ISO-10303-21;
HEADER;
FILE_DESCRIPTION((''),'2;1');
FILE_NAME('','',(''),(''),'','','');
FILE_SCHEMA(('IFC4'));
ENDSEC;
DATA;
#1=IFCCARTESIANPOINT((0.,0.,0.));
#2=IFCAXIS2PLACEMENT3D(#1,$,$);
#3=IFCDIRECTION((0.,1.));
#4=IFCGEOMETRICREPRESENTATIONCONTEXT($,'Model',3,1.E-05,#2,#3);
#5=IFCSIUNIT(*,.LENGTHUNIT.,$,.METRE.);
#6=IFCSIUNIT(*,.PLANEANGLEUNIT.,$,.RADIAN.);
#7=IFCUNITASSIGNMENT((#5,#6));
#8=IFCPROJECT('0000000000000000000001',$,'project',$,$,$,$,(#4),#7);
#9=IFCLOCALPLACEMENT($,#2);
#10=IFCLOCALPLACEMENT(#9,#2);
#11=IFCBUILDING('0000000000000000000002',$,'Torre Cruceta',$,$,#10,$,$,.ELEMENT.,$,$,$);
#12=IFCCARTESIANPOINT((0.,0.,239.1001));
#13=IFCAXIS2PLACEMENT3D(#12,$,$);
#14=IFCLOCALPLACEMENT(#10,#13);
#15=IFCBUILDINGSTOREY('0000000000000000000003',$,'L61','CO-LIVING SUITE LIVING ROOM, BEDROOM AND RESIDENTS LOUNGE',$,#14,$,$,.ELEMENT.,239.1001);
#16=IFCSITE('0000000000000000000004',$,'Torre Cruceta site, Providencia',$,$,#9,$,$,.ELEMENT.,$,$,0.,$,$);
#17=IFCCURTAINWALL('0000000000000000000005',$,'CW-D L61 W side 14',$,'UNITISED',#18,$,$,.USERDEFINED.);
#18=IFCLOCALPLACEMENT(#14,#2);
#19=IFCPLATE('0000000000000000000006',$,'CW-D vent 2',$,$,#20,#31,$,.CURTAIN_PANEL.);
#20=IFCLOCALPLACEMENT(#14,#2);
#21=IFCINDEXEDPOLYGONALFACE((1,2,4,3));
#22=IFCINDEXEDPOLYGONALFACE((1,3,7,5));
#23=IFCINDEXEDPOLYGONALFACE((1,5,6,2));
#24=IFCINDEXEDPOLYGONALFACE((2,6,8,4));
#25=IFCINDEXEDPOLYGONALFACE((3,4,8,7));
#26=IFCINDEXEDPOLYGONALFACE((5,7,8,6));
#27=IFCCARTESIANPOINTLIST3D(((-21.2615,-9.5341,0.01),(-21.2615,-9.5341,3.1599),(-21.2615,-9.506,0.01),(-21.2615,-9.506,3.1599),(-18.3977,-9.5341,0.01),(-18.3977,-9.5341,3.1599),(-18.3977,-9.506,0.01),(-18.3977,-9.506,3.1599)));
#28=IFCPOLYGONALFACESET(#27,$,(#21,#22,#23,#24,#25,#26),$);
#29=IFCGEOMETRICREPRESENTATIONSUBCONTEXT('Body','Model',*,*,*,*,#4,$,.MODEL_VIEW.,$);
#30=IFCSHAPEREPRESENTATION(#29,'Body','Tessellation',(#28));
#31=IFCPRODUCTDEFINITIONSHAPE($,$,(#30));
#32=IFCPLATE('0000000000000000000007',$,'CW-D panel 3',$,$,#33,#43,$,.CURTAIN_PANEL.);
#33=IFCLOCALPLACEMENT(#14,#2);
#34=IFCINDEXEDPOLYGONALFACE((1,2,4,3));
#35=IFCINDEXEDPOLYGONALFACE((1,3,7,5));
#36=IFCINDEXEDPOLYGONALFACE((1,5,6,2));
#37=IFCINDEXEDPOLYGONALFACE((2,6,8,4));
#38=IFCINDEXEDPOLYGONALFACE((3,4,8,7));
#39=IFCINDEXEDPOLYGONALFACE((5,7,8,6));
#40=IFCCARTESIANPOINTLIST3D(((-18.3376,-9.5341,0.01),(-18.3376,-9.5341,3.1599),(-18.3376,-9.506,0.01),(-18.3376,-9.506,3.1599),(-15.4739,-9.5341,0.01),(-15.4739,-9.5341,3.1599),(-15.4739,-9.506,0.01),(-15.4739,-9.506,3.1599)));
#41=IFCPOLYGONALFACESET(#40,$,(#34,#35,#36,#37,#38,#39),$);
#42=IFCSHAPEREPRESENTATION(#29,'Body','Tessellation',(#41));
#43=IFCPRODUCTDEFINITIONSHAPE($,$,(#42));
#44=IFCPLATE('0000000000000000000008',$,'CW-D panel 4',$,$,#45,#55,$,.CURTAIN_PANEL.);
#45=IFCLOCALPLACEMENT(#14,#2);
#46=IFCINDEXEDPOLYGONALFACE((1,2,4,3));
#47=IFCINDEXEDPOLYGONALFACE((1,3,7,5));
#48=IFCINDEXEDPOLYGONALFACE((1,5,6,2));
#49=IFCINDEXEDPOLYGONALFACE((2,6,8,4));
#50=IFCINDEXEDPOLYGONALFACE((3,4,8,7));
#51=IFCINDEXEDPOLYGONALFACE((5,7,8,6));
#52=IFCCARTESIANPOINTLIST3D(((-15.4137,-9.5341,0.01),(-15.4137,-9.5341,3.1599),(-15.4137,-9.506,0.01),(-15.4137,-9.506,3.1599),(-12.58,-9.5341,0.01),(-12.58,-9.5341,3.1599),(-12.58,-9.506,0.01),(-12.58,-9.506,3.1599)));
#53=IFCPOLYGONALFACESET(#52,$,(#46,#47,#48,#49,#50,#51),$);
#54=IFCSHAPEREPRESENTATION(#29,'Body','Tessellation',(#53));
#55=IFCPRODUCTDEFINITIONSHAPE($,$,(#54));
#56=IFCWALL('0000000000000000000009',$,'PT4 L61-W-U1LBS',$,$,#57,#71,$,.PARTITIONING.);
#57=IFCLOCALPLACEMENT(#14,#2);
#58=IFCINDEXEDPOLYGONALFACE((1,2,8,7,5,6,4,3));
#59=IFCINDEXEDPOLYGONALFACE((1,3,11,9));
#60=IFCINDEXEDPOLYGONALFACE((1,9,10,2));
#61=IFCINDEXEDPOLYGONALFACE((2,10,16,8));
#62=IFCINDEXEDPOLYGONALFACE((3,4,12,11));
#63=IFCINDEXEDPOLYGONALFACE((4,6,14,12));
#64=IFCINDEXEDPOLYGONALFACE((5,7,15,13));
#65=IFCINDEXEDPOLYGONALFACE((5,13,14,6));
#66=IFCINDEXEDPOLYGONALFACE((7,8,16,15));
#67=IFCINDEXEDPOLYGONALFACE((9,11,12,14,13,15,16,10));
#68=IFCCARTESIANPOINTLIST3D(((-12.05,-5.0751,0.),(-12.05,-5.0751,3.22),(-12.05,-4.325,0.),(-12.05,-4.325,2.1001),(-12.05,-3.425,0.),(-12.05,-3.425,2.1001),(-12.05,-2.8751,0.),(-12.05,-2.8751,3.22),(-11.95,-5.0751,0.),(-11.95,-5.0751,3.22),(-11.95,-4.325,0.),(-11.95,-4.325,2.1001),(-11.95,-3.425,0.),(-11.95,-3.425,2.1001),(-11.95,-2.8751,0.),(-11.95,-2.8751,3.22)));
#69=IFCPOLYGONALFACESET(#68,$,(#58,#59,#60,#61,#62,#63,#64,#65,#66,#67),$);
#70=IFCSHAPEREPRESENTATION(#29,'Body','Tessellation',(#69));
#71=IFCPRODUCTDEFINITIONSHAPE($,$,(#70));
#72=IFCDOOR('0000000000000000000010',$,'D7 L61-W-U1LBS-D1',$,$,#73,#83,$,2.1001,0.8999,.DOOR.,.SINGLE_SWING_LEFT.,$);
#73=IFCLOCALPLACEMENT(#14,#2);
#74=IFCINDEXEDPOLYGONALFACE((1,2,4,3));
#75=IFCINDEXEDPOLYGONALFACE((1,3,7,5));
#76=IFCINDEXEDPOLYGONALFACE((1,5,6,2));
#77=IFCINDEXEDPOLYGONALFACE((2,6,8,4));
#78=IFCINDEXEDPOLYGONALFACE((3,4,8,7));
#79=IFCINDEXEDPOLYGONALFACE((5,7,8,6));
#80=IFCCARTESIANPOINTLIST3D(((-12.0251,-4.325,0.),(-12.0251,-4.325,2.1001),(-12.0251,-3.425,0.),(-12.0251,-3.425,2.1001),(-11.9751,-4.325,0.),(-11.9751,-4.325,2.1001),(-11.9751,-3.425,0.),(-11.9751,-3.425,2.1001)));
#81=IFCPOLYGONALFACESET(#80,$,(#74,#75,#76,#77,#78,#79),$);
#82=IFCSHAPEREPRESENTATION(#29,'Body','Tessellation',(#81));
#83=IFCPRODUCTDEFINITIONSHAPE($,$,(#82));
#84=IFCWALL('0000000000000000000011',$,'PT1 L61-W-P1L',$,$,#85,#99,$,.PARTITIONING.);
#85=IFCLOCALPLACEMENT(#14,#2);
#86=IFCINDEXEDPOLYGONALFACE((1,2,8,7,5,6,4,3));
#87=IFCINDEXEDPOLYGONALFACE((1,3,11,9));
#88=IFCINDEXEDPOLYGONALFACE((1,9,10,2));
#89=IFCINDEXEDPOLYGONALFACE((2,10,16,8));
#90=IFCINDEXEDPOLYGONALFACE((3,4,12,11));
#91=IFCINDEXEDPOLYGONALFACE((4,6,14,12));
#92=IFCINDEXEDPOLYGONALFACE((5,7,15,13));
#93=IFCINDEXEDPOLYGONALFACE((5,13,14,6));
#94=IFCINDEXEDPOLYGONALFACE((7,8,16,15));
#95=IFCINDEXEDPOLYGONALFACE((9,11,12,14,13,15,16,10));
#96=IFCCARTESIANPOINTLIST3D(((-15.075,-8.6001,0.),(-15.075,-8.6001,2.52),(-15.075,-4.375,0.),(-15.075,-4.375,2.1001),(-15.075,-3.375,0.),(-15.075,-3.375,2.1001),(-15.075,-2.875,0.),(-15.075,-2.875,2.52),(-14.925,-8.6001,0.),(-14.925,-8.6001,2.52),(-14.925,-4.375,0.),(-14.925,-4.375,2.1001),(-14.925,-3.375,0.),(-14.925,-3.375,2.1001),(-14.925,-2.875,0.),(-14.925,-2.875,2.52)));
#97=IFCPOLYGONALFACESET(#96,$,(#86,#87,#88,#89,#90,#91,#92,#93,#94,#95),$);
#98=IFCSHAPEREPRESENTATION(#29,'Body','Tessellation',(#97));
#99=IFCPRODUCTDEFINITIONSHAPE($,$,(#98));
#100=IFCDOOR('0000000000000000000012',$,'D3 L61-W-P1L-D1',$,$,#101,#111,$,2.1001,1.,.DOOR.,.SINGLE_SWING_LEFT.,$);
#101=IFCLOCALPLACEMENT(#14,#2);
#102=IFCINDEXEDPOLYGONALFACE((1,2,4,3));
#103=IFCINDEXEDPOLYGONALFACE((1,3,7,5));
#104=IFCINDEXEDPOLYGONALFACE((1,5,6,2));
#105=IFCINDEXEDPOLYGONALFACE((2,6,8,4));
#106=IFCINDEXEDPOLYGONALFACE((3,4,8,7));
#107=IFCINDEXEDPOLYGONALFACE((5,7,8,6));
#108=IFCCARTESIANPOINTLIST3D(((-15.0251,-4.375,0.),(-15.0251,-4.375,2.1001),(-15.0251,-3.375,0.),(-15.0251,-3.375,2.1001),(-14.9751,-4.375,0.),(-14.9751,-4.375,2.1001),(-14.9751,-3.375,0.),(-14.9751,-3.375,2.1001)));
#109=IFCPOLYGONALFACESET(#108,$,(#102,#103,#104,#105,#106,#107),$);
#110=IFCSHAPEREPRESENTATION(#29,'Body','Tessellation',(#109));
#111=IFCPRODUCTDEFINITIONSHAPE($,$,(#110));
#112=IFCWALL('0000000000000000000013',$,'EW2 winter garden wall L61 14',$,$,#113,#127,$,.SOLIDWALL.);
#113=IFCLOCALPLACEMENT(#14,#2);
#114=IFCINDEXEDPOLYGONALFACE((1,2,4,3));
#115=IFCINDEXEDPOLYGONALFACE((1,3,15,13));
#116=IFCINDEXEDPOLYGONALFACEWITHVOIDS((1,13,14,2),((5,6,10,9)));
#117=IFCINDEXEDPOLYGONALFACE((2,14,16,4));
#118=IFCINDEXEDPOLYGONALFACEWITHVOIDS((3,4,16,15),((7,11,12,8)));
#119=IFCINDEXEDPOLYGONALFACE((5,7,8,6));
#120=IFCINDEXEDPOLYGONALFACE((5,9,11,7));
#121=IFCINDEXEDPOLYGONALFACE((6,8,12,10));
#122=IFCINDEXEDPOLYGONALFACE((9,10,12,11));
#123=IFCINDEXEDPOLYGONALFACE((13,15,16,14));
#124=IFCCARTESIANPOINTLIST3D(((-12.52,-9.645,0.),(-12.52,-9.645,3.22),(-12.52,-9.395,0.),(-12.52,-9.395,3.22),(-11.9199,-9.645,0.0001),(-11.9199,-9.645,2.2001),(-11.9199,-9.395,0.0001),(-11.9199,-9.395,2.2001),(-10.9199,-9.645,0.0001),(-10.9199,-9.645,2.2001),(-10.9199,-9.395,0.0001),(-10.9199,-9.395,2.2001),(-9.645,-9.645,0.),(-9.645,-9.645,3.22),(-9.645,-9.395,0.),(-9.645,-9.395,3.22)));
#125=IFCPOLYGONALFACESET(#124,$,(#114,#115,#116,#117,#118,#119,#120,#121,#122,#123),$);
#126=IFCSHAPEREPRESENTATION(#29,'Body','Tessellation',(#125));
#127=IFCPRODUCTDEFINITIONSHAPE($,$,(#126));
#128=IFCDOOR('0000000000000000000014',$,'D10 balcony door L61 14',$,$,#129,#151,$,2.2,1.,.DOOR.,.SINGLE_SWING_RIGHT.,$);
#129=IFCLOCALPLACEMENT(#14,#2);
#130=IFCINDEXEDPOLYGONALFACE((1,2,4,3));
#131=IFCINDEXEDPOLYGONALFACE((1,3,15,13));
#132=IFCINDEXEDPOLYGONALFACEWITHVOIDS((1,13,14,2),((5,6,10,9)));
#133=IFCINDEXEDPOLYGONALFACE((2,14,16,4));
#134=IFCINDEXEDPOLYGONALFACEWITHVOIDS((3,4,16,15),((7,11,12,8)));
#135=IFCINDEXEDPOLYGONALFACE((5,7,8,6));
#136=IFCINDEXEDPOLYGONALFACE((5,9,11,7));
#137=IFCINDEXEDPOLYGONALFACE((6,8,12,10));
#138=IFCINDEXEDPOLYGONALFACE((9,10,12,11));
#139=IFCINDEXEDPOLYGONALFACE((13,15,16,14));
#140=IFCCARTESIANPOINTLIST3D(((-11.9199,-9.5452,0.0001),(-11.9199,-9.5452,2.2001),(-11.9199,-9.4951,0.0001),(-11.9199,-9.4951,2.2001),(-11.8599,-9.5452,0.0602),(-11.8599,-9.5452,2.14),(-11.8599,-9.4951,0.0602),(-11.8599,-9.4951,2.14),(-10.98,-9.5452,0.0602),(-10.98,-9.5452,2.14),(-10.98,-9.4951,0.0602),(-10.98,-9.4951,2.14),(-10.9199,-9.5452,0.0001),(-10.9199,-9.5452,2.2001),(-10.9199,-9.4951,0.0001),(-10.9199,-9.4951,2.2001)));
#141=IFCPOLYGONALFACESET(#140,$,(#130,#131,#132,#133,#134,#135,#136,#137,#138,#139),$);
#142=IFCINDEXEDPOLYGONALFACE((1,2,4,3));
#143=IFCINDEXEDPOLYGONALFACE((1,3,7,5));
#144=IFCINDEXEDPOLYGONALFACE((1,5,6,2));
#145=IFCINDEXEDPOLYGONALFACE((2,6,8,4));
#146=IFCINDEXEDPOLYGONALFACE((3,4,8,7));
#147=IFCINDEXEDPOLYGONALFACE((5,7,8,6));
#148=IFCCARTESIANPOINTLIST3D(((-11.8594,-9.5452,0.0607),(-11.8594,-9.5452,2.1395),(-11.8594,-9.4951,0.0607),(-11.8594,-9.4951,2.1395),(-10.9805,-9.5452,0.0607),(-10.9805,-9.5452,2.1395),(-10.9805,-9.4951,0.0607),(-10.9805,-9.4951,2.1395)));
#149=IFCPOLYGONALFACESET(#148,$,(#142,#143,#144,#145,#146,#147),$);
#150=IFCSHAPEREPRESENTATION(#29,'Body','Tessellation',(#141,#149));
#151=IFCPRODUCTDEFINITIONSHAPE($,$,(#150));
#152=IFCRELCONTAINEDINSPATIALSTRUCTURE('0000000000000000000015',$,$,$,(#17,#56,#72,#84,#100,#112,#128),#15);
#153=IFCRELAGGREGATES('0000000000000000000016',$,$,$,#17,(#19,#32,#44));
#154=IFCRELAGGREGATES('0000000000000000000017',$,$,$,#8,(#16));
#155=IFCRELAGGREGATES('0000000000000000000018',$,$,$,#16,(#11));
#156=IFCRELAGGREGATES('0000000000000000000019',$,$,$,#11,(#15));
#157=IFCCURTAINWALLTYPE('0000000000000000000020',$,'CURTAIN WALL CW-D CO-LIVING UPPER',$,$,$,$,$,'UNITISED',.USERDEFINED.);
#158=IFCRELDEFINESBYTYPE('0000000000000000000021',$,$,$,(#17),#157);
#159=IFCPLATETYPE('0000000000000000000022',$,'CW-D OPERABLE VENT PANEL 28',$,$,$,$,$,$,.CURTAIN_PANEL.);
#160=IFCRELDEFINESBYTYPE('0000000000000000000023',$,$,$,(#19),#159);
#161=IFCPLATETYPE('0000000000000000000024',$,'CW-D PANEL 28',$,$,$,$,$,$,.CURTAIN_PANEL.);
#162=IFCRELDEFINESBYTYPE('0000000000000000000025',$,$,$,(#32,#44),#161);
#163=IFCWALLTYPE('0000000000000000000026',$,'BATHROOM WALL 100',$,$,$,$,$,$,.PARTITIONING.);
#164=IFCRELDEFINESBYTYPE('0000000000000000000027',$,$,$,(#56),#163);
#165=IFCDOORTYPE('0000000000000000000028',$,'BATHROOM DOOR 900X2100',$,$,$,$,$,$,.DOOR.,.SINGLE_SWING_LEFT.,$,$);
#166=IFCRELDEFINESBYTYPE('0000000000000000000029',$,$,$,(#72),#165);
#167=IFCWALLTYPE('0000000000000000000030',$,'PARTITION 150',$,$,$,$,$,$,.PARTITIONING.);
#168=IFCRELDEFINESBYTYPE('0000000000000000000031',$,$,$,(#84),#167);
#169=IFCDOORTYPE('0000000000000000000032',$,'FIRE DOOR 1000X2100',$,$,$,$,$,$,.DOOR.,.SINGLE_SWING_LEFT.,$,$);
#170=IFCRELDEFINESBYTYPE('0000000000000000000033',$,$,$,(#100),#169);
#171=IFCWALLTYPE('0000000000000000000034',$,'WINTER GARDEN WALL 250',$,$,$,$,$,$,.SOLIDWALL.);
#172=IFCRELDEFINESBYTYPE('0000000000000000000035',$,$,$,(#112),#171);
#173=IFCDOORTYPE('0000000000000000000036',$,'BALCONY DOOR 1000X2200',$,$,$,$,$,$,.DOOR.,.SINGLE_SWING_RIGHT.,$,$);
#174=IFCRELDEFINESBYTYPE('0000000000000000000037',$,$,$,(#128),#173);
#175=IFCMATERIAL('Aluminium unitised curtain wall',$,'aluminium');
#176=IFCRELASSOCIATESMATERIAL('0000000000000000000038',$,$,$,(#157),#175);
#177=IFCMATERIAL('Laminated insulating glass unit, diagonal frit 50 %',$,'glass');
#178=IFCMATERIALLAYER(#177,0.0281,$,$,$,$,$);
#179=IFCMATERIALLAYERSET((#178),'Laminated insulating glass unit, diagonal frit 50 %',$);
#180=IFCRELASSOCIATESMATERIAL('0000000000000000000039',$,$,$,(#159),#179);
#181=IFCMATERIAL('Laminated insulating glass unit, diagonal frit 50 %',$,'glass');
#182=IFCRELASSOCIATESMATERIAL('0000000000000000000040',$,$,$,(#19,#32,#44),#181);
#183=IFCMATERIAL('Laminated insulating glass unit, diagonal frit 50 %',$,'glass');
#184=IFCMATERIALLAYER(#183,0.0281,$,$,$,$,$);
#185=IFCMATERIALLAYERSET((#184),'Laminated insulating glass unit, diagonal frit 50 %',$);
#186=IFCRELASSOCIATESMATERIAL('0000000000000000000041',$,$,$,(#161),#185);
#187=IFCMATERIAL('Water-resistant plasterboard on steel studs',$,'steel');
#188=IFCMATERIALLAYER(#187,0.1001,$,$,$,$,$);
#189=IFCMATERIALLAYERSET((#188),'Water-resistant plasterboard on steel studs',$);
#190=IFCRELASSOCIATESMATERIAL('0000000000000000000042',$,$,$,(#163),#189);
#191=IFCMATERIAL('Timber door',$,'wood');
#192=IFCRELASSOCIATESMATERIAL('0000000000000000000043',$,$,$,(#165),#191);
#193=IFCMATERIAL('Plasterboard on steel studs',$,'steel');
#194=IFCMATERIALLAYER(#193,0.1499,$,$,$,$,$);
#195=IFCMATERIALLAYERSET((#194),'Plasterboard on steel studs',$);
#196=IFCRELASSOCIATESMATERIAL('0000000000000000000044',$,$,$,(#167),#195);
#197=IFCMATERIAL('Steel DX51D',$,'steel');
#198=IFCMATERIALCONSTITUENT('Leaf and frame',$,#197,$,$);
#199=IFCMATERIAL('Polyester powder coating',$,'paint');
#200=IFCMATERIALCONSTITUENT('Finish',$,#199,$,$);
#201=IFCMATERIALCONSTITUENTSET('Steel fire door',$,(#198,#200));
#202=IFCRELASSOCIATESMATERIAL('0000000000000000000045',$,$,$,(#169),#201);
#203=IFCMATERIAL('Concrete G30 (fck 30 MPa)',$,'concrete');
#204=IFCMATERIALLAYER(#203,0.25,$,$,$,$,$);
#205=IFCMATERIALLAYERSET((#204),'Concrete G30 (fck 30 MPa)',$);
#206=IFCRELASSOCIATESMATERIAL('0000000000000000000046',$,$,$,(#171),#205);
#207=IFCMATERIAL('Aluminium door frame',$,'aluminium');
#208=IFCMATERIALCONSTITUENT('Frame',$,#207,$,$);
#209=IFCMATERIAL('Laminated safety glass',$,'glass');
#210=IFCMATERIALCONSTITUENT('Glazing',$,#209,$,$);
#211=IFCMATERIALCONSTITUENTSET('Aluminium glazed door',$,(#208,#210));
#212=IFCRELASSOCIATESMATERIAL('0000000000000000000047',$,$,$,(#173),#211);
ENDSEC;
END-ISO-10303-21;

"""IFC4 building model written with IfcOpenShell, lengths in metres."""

from ifc_helpers import new_model, si_unit, direction, frame, frame_2d, origin, origin_2d, place, context, subcontext, project, spatial, rectangle, hollow_rectangle, extrude, material, layer, layer_set, constituent, constituent_set, type_object, element, fill, aggregate, save


model = new_model("IFC4")

# Units and contexts
model_context = context("Model", 3, precision=1e-05, world=origin(), true_north=direction((0.0, 1.0)))
body_context = subcontext(model_context, "Body", "Model", "MODEL_VIEW")
ifc_project = project(units=[si_unit("LENGTHUNIT", "METRE"), si_unit("PLANEANGLEUNIT", "RADIAN")], contexts=[model_context])

# Site, building, storey
site_placement = place(None, origin())
site = spatial("IfcSite", under=ifc_project, at=site_placement, Name="Torre Cruceta site, Providencia", CompositionType="ELEMENT", RefElevation=0.0)
building_placement = place(site_placement, origin())
building = spatial("IfcBuilding", under=site, at=building_placement, Name="Torre Cruceta", CompositionType="ELEMENT")
storey_placement = place(building_placement, frame((0.0, 0.0, 239.1001)))
storey = spatial("IfcBuildingStorey", under=building, at=storey_placement, Name="L61", Description="CO-LIVING SUITE LIVING ROOM, BEDROOM AND RESIDENTS LOUNGE", CompositionType="ELEMENT", Elevation=239.1001)

# Curtain wall
ifc_material_1 = material(Name="Aluminium unitised curtain wall", Category="aluminium")
curtain_wall_type = type_object("IfcCurtainWallType", Name="CURTAIN WALL CW-D CO-LIVING UPPER", ElementType="UNITISED", PredefinedType="USERDEFINED", material=ifc_material_1)
curtain_wall_placement = place(storey_placement, origin())
curtain_wall = element("IfcCurtainWall", 1, at=curtain_wall_placement, inside=storey, type_object=curtain_wall_type, Name="CW-D L61 W side 14", ObjectType="UNITISED", PredefinedType="USERDEFINED")

# Plates
ifc_material_2 = material(Name="Laminated insulating glass unit, diagonal frit 50 %", Category="glass")
ifc_material_3 = material(Name="Laminated insulating glass unit, diagonal frit 50 %", Category="glass")
ifc_layer_1 = layer(ifc_material_3, 0.0281)
ifc_layer_set_1 = layer_set([ifc_layer_1], Name="Laminated insulating glass unit, diagonal frit 50 %")
plate_type_1 = type_object("IfcPlateType", Name="CW-D OPERABLE VENT PANEL 28", PredefinedType="CURTAIN_PANEL", material=ifc_layer_set_1)
plate_1_placement = place(storey_placement, frame((-19.8296, -9.52, 0.01), z_axis=(0.0, 0.0, 1.0), x_axis=(1.0, 0.0, 0.0)))
plate_1 = element("IfcPlate", 2, at=plate_1_placement, type_object=plate_type_1, material=ifc_material_2, Name="CW-D vent 2", PredefinedType="CURTAIN_PANEL", context=body_context, shape_type="SweptSolid", body=[
    extrude(rectangle(XDim=2.8638, YDim=0.0281, at=origin_2d()), origin(), (0.0, 0.0, 1.0), 3.1499),
])
ifc_material_4 = material(Name="Laminated insulating glass unit, diagonal frit 50 %", Category="glass")
ifc_layer_2 = layer(ifc_material_4, 0.0281)
ifc_layer_set_2 = layer_set([ifc_layer_2], Name="Laminated insulating glass unit, diagonal frit 50 %")
plate_type_2 = type_object("IfcPlateType", Name="CW-D PANEL 28", PredefinedType="CURTAIN_PANEL", material=ifc_layer_set_2)
plate_2_placement = place(storey_placement, frame((-16.9058, -9.52, 0.01), z_axis=(0.0, 0.0, 1.0), x_axis=(1.0, 0.0, 0.0)))
plate_2 = element("IfcPlate", 3, at=plate_2_placement, type_object=plate_type_2, material=ifc_material_2, Name="CW-D panel 3", PredefinedType="CURTAIN_PANEL", context=body_context, shape_type="SweptSolid", body=[
    extrude(rectangle(XDim=2.8638, YDim=0.0281, at=origin_2d()), origin(), (0.0, 0.0, 1.0), 3.1499),
])
plate_3_placement = place(storey_placement, frame((-13.9968, -9.52, 0.01), z_axis=(0.0, 0.0, 1.0), x_axis=(1.0, 0.0, 0.0)))
plate_3 = element("IfcPlate", 4, at=plate_3_placement, type_object=plate_type_2, material=ifc_material_2, Name="CW-D panel 4", PredefinedType="CURTAIN_PANEL", context=body_context, shape_type="SweptSolid", body=[
    extrude(rectangle(XDim=2.8337, YDim=0.0281, at=origin_2d()), origin(), (0.0, 0.0, 1.0), 3.1499),
])
aggregate(curtain_wall, [plate_1, plate_2, plate_3])

# Walls, openings, doors
ifc_material_5 = material(Name="Water-resistant plasterboard on steel studs", Category="steel")
ifc_layer_3 = layer(ifc_material_5, 0.1001)
ifc_layer_set_3 = layer_set([ifc_layer_3], Name="Water-resistant plasterboard on steel studs")
wall_type_1 = type_object("IfcWallType", Name="BATHROOM WALL 100", PredefinedType="PARTITIONING", material=ifc_layer_set_3)
wall_1_placement = place(storey_placement, frame((-12.0, -2.875, 0.0), z_axis=(0.0, 0.0, 1.0), x_axis=(0.0, -1.0, 0.0)))
wall_1 = element("IfcWall", 5, at=wall_1_placement, inside=storey, type_object=wall_type_1, Name="PT4 L61-W-U1LBS", PredefinedType="PARTITIONING", context=body_context, shape_type="SweptSolid", body=[
    extrude(rectangle(XDim=2.2, YDim=0.1001, at=frame_2d((1.1001, 0.0))), origin(), (0.0, 0.0, 1.0), 3.22),
])
opening_1_placement = place(wall_1_placement, frame((0.55, 0.0, 0.0)))
opening_1 = element("IfcOpeningElement", 6, at=opening_1_placement, cuts=wall_1, PredefinedType="OPENING", context=body_context, shape_type="SweptSolid", body=[
    extrude(rectangle(XDim=0.8999, YDim=2.1001, at=frame_2d((0.45, 1.05))), frame((0.0, 0.0601, 0.0), z_axis=(0.0, -1.0, 0.0), x_axis=(1.0, 0.0, 0.0)), (0.0, 0.0, 1.0), 0.1201),
])
ifc_material_6 = material(Name="Timber door", Category="wood")
door_type_1 = type_object("IfcDoorType", Name="BATHROOM DOOR 900X2100", OperationType="SINGLE_SWING_LEFT", PredefinedType="DOOR", material=ifc_material_6)
door_1_placement = place(opening_1_placement, origin())
door_1 = element("IfcDoor", 7, at=door_1_placement, inside=storey, type_object=door_type_1, Name="D7 L61-W-U1LBS-D1", OperationType="SINGLE_SWING_LEFT", OverallHeight=2.1001, OverallWidth=0.8999, PredefinedType="DOOR", context=body_context, shape_type="SweptSolid", body=[
    extrude(rectangle(XDim=0.8999, YDim=2.1001, at=frame_2d((0.45, 1.05))), frame((0.0, 0.0249, 0.0), z_axis=(0.0, -1.0, 0.0), x_axis=(1.0, 0.0, 0.0)), (0.0, 0.0, 1.0), 0.05),
])
fill(opening_1, door_1)
ifc_material_7 = material(Name="Plasterboard on steel studs", Category="steel")
ifc_layer_4 = layer(ifc_material_7, 0.1499)
ifc_layer_set_4 = layer_set([ifc_layer_4], Name="Plasterboard on steel studs")
wall_type_2 = type_object("IfcWallType", Name="PARTITION 150", PredefinedType="PARTITIONING", material=ifc_layer_set_4)
wall_2_placement = place(storey_placement, frame((-15.0, -2.875, 0.0), z_axis=(0.0, 0.0, 1.0), x_axis=(0.0, -1.0, 0.0)))
wall_2 = element("IfcWall", 8, at=wall_2_placement, inside=storey, type_object=wall_type_2, Name="PT1 L61-W-P1L", PredefinedType="PARTITIONING", context=body_context, shape_type="SweptSolid", body=[
    extrude(rectangle(XDim=5.7251, YDim=0.1499, at=frame_2d((2.8625, 0.0))), origin(), (0.0, 0.0, 1.0), 2.52),
])
opening_2_placement = place(wall_2_placement, frame((0.5, 0.0, 0.0)))
opening_2 = element("IfcOpeningElement", 9, at=opening_2_placement, cuts=wall_2, PredefinedType="OPENING", context=body_context, shape_type="SweptSolid", body=[
    extrude(rectangle(XDim=1.0, YDim=2.1001, at=frame_2d((0.5, 1.05))), frame((0.0, 0.085, 0.0), z_axis=(0.0, -1.0, 0.0), x_axis=(1.0, 0.0, 0.0)), (0.0, 0.0, 1.0), 0.1699),
])
ifc_material_8 = material(Name="Steel DX51D", Category="steel")
ifc_constituent_1 = constituent(ifc_material_8, Name="Leaf and frame")
ifc_material_9 = material(Name="Polyester powder coating", Category="paint")
ifc_constituent_2 = constituent(ifc_material_9, Name="Finish")
ifc_constituent_set_1 = constituent_set(constituents=[ifc_constituent_1, ifc_constituent_2], Name="Steel fire door")
door_type_2 = type_object("IfcDoorType", Name="FIRE DOOR 1000X2100", OperationType="SINGLE_SWING_LEFT", PredefinedType="DOOR", material=ifc_constituent_set_1)
door_2_placement = place(opening_2_placement, origin())
door_2 = element("IfcDoor", 10, at=door_2_placement, inside=storey, type_object=door_type_2, Name="D3 L61-W-P1L-D1", OperationType="SINGLE_SWING_LEFT", OverallHeight=2.1001, OverallWidth=1.0, PredefinedType="DOOR", context=body_context, shape_type="SweptSolid", body=[
    extrude(rectangle(XDim=1.0, YDim=2.1001, at=frame_2d((0.5, 1.05))), frame((0.0, 0.0249, 0.0), z_axis=(0.0, -1.0, 0.0), x_axis=(1.0, 0.0, 0.0)), (0.0, 0.0, 1.0), 0.05),
])
fill(opening_2, door_2)
ifc_material_10 = material(Name="Concrete G30 (fck 30 MPa)", Category="concrete")
ifc_layer_5 = layer(ifc_material_10, 0.25)
ifc_layer_set_5 = layer_set([ifc_layer_5], Name="Concrete G30 (fck 30 MPa)")
wall_type_3 = type_object("IfcWallType", Name="WINTER GARDEN WALL 250", PredefinedType="SOLIDWALL", material=ifc_layer_set_5)
wall_3_placement = place(storey_placement, frame((-12.52, -9.52, 0.0), z_axis=(0.0, 0.0, 1.0), x_axis=(1.0, 0.0, 0.0)))
wall_3 = element("IfcWall", 11, at=wall_3_placement, inside=storey, type_object=wall_type_3, Name="EW2 winter garden wall L61 14", PredefinedType="SOLIDWALL", context=body_context, shape_type="SweptSolid", body=[
    extrude(rectangle(XDim=2.875, YDim=0.25, at=frame_2d((1.4375, 0.0))), origin(), (0.0, 0.0, 1.0), 3.22),
])
opening_3_placement = place(wall_3_placement, frame((0.6001, 0.0, 0.0)))
opening_3 = element("IfcOpeningElement", 12, at=opening_3_placement, cuts=wall_3, PredefinedType="OPENING", context=body_context, shape_type="SweptSolid", body=[
    extrude(rectangle(XDim=1.0, YDim=2.2, at=frame_2d((0.5, 1.1001))), frame((0.0, 0.135, 0.0), z_axis=(0.0, -1.0, 0.0), x_axis=(1.0, 0.0, 0.0)), (0.0, 0.0, 1.0), 0.27),
])
ifc_material_11 = material(Name="Aluminium door frame", Category="aluminium")
ifc_constituent_3 = constituent(ifc_material_11, Name="Frame")
ifc_material_12 = material(Name="Laminated safety glass", Category="glass")
ifc_constituent_4 = constituent(ifc_material_12, Name="Glazing")
ifc_constituent_set_2 = constituent_set(constituents=[ifc_constituent_3, ifc_constituent_4], Name="Aluminium glazed door")
door_type_3 = type_object("IfcDoorType", Name="BALCONY DOOR 1000X2200", OperationType="SINGLE_SWING_RIGHT", PredefinedType="DOOR", material=ifc_constituent_set_2)
door_3_placement = place(opening_3_placement, origin())
door_3 = element("IfcDoor", 13, at=door_3_placement, inside=storey, type_object=door_type_3, Name="D10 balcony door L61 14", OperationType="SINGLE_SWING_RIGHT", OverallHeight=2.2, OverallWidth=1.0, PredefinedType="DOOR", context=body_context, shape_type="SweptSolid", body=[
    extrude(hollow_rectangle(XDim=1.0, YDim=2.2, WallThickness=0.0601, at=frame_2d((0.5, 1.1001))), frame((0.0, 0.0249, 0.0), z_axis=(0.0, -1.0, 0.0), x_axis=(1.0, 0.0, 0.0)), (0.0, 0.0, 1.0), 0.05),
    extrude(rectangle(XDim=0.8789, YDim=2.0789, at=frame_2d((0.5, 1.1001))), frame((0.0, 0.0249, 0.0), z_axis=(0.0, -1.0, 0.0), x_axis=(1.0, 0.0, 0.0)), (0.0, 0.0, 1.0), 0.05),
])
fill(opening_3, door_3)

save(model, "model.ifc")
